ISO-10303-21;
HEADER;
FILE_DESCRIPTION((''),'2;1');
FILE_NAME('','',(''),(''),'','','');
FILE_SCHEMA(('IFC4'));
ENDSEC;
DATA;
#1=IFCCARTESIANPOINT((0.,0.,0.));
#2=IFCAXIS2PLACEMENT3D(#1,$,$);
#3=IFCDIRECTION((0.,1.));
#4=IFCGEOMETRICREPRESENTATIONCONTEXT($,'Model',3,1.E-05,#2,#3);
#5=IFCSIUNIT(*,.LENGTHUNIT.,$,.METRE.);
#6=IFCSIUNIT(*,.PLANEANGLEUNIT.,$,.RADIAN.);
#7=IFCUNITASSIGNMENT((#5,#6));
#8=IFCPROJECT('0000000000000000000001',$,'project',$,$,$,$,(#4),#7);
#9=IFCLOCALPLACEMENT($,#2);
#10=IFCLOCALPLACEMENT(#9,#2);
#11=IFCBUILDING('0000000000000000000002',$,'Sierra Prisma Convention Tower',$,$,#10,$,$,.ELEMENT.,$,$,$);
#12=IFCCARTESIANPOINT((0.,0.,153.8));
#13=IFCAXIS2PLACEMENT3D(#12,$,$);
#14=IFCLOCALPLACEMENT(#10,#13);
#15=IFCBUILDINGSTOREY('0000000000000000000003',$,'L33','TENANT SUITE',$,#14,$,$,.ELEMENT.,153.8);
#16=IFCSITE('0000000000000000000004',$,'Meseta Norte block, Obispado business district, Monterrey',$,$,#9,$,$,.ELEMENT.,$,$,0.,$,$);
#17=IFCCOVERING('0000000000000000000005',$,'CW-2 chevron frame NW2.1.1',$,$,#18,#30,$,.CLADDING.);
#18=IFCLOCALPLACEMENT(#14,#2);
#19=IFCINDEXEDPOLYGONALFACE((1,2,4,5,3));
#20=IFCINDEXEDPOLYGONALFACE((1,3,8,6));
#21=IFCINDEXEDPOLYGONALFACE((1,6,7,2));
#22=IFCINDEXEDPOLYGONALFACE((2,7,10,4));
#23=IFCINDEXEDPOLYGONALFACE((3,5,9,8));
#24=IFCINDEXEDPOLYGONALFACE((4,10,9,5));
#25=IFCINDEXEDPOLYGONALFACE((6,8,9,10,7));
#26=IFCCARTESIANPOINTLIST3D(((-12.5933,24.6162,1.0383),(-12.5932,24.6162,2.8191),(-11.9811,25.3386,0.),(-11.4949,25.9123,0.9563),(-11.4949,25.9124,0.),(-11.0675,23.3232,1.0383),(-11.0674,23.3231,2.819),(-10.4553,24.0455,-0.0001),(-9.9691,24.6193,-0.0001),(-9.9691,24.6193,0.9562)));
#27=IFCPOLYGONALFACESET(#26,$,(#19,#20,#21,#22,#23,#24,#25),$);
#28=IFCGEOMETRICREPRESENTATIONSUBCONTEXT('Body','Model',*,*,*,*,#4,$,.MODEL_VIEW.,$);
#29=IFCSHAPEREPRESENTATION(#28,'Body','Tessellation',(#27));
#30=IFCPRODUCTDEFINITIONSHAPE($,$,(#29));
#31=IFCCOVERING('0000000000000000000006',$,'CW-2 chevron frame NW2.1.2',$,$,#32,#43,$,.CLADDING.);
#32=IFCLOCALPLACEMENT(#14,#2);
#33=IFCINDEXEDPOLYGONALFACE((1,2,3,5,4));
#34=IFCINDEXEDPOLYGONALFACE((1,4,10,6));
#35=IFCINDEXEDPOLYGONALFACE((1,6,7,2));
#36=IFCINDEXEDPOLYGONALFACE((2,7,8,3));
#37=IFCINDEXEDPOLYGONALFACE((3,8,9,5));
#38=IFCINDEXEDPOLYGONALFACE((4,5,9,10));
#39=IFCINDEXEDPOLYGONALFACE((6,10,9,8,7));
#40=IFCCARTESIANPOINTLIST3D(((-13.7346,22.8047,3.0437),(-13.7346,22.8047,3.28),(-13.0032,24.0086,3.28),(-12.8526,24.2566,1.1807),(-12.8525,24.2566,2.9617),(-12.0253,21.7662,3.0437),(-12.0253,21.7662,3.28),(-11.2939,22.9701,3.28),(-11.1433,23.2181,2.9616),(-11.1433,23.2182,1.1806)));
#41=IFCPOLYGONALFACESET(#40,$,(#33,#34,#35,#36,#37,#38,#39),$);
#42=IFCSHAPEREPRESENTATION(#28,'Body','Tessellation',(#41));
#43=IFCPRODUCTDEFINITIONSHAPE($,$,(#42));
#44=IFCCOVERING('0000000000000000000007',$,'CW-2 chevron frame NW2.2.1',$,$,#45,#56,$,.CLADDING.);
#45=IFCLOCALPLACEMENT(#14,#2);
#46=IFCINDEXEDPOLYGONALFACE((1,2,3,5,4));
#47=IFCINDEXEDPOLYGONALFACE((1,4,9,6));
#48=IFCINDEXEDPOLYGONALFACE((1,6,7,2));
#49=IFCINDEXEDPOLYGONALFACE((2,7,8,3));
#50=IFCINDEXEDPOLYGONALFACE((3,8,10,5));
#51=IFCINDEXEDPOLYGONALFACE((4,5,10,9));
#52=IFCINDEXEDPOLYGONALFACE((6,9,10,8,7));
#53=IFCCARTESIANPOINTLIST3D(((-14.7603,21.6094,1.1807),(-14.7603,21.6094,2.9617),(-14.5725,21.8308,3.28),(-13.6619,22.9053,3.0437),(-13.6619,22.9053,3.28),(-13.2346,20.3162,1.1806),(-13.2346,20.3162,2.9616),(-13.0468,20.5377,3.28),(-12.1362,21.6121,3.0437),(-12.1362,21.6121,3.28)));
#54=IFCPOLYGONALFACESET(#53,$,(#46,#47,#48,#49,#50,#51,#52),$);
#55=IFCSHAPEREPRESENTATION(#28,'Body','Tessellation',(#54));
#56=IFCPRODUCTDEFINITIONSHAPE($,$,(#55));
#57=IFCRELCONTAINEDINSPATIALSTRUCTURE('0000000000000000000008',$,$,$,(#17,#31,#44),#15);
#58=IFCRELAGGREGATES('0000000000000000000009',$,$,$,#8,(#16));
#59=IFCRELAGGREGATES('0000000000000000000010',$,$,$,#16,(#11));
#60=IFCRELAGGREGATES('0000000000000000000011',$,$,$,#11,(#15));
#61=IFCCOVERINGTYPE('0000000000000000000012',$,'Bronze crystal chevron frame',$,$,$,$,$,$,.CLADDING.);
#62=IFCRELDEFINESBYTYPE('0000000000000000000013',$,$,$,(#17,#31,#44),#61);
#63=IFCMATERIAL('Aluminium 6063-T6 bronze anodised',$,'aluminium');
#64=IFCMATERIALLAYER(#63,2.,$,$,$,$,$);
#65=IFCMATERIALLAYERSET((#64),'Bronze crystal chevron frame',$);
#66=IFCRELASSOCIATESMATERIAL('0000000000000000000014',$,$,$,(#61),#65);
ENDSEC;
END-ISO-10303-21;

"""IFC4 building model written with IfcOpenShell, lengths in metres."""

from ifc_helpers import new_model, si_unit, direction, frame, origin, place, context, subcontext, project, spatial, polyline, outline, extrude, material, layer, layer_set, type_object, element, save


model = new_model("IFC4")

# Units and contexts
model_context = context("Model", 3, precision=1e-05, world=origin(), true_north=direction((0.0, 1.0)))
body_context = subcontext(model_context, "Body", "Model", "MODEL_VIEW")
ifc_project = project(units=[si_unit("LENGTHUNIT", "METRE"), si_unit("PLANEANGLEUNIT", "RADIAN")], contexts=[model_context])

# Site, building, storey
site_placement = place(None, origin())
site = spatial("IfcSite", under=ifc_project, at=site_placement, Name="Meseta Norte block, Obispado business district, Monterrey", CompositionType="ELEMENT", RefElevation=0.0)
building_placement = place(site_placement, origin())
building = spatial("IfcBuilding", under=site, at=building_placement, Name="Sierra Prisma Convention Tower", CompositionType="ELEMENT")
storey_placement = place(building_placement, frame((0.0, 0.0, 153.8)))
storey = spatial("IfcBuildingStorey", under=building, at=storey_placement, Name="L33", Description="TENANT SUITE", CompositionType="ELEMENT", Elevation=153.8)

# Coverings
ifc_material_1 = material(Name="Aluminium 6063-T6 bronze anodised", Category="aluminium")
ifc_layer_1 = layer(ifc_material_1, 2.0)
ifc_layer_set_1 = layer_set([ifc_layer_1], Name="Bronze crystal chevron frame")
covering_type = type_object("IfcCoveringType", Name="Bronze crystal chevron frame", PredefinedType="CLADDING", material=ifc_layer_set_1)
covering_1_placement = place(storey_placement, frame((-11.4949, 25.9124, 0.0), z_axis=(-0.762894, 0.646524, 0.000032), x_axis=(-0.646524, -0.762894, 0.0)))
element("IfcCovering", 1, at=covering_1_placement, inside=storey, type_object=covering_type, Name="CW-2 chevron frame NW2.1.1", PredefinedType="CLADDING", context=body_context, shape_type="SweptSolid", body=[
    extrude(outline(polyline([(0.0, 0.0), (0.7521, 0.0), (1.699, 1.0383), (1.699, 2.8191), (0.0, 0.9563), (0.0, 0.0)])), origin(), (0.0, 0.0, -1.0), 2.0),
])
covering_2_placement = place(storey_placement, frame((-12.8525, 24.2566, 2.9617), z_axis=(-0.854637, 0.519226, 0.000023), x_axis=(-0.00002, 0.000012, -1.0)))
element("IfcCovering", 2, at=covering_2_placement, inside=storey, type_object=covering_type, Name="CW-2 chevron frame NW2.1.2", PredefinedType="CLADDING", context=body_context, shape_type="SweptSolid", body=[
    extrude(outline(polyline([(0.0, 0.0), (1.781, 0.0), (-0.082, 1.6989), (-0.3184, 1.6989), (-0.3184, 0.2902), (0.0, 0.0)])), origin(), (0.0, 0.0, -1.0), 2.0),
])
covering_3_placement = place(storey_placement, frame((-13.6619, 22.9053, 3.28), z_axis=(-0.762849, 0.646577, 0.000019), x_axis=(-0.000015, 0.000013, -1.0)))
element("IfcCovering", 3, at=covering_3_placement, inside=storey, type_object=covering_type, Name="CW-2 chevron frame NW2.2.1", PredefinedType="CLADDING", context=body_context, shape_type="SweptSolid", body=[
    extrude(outline(polyline([(0.0, 0.0), (0.2363, 0.0), (2.0994, 1.6988), (0.3184, 1.6988), (0.0, 1.4085), (0.0, 0.0)])), origin(), (0.0, 0.0, -1.0), 2.0),
])

save(model, "model.ifc")
